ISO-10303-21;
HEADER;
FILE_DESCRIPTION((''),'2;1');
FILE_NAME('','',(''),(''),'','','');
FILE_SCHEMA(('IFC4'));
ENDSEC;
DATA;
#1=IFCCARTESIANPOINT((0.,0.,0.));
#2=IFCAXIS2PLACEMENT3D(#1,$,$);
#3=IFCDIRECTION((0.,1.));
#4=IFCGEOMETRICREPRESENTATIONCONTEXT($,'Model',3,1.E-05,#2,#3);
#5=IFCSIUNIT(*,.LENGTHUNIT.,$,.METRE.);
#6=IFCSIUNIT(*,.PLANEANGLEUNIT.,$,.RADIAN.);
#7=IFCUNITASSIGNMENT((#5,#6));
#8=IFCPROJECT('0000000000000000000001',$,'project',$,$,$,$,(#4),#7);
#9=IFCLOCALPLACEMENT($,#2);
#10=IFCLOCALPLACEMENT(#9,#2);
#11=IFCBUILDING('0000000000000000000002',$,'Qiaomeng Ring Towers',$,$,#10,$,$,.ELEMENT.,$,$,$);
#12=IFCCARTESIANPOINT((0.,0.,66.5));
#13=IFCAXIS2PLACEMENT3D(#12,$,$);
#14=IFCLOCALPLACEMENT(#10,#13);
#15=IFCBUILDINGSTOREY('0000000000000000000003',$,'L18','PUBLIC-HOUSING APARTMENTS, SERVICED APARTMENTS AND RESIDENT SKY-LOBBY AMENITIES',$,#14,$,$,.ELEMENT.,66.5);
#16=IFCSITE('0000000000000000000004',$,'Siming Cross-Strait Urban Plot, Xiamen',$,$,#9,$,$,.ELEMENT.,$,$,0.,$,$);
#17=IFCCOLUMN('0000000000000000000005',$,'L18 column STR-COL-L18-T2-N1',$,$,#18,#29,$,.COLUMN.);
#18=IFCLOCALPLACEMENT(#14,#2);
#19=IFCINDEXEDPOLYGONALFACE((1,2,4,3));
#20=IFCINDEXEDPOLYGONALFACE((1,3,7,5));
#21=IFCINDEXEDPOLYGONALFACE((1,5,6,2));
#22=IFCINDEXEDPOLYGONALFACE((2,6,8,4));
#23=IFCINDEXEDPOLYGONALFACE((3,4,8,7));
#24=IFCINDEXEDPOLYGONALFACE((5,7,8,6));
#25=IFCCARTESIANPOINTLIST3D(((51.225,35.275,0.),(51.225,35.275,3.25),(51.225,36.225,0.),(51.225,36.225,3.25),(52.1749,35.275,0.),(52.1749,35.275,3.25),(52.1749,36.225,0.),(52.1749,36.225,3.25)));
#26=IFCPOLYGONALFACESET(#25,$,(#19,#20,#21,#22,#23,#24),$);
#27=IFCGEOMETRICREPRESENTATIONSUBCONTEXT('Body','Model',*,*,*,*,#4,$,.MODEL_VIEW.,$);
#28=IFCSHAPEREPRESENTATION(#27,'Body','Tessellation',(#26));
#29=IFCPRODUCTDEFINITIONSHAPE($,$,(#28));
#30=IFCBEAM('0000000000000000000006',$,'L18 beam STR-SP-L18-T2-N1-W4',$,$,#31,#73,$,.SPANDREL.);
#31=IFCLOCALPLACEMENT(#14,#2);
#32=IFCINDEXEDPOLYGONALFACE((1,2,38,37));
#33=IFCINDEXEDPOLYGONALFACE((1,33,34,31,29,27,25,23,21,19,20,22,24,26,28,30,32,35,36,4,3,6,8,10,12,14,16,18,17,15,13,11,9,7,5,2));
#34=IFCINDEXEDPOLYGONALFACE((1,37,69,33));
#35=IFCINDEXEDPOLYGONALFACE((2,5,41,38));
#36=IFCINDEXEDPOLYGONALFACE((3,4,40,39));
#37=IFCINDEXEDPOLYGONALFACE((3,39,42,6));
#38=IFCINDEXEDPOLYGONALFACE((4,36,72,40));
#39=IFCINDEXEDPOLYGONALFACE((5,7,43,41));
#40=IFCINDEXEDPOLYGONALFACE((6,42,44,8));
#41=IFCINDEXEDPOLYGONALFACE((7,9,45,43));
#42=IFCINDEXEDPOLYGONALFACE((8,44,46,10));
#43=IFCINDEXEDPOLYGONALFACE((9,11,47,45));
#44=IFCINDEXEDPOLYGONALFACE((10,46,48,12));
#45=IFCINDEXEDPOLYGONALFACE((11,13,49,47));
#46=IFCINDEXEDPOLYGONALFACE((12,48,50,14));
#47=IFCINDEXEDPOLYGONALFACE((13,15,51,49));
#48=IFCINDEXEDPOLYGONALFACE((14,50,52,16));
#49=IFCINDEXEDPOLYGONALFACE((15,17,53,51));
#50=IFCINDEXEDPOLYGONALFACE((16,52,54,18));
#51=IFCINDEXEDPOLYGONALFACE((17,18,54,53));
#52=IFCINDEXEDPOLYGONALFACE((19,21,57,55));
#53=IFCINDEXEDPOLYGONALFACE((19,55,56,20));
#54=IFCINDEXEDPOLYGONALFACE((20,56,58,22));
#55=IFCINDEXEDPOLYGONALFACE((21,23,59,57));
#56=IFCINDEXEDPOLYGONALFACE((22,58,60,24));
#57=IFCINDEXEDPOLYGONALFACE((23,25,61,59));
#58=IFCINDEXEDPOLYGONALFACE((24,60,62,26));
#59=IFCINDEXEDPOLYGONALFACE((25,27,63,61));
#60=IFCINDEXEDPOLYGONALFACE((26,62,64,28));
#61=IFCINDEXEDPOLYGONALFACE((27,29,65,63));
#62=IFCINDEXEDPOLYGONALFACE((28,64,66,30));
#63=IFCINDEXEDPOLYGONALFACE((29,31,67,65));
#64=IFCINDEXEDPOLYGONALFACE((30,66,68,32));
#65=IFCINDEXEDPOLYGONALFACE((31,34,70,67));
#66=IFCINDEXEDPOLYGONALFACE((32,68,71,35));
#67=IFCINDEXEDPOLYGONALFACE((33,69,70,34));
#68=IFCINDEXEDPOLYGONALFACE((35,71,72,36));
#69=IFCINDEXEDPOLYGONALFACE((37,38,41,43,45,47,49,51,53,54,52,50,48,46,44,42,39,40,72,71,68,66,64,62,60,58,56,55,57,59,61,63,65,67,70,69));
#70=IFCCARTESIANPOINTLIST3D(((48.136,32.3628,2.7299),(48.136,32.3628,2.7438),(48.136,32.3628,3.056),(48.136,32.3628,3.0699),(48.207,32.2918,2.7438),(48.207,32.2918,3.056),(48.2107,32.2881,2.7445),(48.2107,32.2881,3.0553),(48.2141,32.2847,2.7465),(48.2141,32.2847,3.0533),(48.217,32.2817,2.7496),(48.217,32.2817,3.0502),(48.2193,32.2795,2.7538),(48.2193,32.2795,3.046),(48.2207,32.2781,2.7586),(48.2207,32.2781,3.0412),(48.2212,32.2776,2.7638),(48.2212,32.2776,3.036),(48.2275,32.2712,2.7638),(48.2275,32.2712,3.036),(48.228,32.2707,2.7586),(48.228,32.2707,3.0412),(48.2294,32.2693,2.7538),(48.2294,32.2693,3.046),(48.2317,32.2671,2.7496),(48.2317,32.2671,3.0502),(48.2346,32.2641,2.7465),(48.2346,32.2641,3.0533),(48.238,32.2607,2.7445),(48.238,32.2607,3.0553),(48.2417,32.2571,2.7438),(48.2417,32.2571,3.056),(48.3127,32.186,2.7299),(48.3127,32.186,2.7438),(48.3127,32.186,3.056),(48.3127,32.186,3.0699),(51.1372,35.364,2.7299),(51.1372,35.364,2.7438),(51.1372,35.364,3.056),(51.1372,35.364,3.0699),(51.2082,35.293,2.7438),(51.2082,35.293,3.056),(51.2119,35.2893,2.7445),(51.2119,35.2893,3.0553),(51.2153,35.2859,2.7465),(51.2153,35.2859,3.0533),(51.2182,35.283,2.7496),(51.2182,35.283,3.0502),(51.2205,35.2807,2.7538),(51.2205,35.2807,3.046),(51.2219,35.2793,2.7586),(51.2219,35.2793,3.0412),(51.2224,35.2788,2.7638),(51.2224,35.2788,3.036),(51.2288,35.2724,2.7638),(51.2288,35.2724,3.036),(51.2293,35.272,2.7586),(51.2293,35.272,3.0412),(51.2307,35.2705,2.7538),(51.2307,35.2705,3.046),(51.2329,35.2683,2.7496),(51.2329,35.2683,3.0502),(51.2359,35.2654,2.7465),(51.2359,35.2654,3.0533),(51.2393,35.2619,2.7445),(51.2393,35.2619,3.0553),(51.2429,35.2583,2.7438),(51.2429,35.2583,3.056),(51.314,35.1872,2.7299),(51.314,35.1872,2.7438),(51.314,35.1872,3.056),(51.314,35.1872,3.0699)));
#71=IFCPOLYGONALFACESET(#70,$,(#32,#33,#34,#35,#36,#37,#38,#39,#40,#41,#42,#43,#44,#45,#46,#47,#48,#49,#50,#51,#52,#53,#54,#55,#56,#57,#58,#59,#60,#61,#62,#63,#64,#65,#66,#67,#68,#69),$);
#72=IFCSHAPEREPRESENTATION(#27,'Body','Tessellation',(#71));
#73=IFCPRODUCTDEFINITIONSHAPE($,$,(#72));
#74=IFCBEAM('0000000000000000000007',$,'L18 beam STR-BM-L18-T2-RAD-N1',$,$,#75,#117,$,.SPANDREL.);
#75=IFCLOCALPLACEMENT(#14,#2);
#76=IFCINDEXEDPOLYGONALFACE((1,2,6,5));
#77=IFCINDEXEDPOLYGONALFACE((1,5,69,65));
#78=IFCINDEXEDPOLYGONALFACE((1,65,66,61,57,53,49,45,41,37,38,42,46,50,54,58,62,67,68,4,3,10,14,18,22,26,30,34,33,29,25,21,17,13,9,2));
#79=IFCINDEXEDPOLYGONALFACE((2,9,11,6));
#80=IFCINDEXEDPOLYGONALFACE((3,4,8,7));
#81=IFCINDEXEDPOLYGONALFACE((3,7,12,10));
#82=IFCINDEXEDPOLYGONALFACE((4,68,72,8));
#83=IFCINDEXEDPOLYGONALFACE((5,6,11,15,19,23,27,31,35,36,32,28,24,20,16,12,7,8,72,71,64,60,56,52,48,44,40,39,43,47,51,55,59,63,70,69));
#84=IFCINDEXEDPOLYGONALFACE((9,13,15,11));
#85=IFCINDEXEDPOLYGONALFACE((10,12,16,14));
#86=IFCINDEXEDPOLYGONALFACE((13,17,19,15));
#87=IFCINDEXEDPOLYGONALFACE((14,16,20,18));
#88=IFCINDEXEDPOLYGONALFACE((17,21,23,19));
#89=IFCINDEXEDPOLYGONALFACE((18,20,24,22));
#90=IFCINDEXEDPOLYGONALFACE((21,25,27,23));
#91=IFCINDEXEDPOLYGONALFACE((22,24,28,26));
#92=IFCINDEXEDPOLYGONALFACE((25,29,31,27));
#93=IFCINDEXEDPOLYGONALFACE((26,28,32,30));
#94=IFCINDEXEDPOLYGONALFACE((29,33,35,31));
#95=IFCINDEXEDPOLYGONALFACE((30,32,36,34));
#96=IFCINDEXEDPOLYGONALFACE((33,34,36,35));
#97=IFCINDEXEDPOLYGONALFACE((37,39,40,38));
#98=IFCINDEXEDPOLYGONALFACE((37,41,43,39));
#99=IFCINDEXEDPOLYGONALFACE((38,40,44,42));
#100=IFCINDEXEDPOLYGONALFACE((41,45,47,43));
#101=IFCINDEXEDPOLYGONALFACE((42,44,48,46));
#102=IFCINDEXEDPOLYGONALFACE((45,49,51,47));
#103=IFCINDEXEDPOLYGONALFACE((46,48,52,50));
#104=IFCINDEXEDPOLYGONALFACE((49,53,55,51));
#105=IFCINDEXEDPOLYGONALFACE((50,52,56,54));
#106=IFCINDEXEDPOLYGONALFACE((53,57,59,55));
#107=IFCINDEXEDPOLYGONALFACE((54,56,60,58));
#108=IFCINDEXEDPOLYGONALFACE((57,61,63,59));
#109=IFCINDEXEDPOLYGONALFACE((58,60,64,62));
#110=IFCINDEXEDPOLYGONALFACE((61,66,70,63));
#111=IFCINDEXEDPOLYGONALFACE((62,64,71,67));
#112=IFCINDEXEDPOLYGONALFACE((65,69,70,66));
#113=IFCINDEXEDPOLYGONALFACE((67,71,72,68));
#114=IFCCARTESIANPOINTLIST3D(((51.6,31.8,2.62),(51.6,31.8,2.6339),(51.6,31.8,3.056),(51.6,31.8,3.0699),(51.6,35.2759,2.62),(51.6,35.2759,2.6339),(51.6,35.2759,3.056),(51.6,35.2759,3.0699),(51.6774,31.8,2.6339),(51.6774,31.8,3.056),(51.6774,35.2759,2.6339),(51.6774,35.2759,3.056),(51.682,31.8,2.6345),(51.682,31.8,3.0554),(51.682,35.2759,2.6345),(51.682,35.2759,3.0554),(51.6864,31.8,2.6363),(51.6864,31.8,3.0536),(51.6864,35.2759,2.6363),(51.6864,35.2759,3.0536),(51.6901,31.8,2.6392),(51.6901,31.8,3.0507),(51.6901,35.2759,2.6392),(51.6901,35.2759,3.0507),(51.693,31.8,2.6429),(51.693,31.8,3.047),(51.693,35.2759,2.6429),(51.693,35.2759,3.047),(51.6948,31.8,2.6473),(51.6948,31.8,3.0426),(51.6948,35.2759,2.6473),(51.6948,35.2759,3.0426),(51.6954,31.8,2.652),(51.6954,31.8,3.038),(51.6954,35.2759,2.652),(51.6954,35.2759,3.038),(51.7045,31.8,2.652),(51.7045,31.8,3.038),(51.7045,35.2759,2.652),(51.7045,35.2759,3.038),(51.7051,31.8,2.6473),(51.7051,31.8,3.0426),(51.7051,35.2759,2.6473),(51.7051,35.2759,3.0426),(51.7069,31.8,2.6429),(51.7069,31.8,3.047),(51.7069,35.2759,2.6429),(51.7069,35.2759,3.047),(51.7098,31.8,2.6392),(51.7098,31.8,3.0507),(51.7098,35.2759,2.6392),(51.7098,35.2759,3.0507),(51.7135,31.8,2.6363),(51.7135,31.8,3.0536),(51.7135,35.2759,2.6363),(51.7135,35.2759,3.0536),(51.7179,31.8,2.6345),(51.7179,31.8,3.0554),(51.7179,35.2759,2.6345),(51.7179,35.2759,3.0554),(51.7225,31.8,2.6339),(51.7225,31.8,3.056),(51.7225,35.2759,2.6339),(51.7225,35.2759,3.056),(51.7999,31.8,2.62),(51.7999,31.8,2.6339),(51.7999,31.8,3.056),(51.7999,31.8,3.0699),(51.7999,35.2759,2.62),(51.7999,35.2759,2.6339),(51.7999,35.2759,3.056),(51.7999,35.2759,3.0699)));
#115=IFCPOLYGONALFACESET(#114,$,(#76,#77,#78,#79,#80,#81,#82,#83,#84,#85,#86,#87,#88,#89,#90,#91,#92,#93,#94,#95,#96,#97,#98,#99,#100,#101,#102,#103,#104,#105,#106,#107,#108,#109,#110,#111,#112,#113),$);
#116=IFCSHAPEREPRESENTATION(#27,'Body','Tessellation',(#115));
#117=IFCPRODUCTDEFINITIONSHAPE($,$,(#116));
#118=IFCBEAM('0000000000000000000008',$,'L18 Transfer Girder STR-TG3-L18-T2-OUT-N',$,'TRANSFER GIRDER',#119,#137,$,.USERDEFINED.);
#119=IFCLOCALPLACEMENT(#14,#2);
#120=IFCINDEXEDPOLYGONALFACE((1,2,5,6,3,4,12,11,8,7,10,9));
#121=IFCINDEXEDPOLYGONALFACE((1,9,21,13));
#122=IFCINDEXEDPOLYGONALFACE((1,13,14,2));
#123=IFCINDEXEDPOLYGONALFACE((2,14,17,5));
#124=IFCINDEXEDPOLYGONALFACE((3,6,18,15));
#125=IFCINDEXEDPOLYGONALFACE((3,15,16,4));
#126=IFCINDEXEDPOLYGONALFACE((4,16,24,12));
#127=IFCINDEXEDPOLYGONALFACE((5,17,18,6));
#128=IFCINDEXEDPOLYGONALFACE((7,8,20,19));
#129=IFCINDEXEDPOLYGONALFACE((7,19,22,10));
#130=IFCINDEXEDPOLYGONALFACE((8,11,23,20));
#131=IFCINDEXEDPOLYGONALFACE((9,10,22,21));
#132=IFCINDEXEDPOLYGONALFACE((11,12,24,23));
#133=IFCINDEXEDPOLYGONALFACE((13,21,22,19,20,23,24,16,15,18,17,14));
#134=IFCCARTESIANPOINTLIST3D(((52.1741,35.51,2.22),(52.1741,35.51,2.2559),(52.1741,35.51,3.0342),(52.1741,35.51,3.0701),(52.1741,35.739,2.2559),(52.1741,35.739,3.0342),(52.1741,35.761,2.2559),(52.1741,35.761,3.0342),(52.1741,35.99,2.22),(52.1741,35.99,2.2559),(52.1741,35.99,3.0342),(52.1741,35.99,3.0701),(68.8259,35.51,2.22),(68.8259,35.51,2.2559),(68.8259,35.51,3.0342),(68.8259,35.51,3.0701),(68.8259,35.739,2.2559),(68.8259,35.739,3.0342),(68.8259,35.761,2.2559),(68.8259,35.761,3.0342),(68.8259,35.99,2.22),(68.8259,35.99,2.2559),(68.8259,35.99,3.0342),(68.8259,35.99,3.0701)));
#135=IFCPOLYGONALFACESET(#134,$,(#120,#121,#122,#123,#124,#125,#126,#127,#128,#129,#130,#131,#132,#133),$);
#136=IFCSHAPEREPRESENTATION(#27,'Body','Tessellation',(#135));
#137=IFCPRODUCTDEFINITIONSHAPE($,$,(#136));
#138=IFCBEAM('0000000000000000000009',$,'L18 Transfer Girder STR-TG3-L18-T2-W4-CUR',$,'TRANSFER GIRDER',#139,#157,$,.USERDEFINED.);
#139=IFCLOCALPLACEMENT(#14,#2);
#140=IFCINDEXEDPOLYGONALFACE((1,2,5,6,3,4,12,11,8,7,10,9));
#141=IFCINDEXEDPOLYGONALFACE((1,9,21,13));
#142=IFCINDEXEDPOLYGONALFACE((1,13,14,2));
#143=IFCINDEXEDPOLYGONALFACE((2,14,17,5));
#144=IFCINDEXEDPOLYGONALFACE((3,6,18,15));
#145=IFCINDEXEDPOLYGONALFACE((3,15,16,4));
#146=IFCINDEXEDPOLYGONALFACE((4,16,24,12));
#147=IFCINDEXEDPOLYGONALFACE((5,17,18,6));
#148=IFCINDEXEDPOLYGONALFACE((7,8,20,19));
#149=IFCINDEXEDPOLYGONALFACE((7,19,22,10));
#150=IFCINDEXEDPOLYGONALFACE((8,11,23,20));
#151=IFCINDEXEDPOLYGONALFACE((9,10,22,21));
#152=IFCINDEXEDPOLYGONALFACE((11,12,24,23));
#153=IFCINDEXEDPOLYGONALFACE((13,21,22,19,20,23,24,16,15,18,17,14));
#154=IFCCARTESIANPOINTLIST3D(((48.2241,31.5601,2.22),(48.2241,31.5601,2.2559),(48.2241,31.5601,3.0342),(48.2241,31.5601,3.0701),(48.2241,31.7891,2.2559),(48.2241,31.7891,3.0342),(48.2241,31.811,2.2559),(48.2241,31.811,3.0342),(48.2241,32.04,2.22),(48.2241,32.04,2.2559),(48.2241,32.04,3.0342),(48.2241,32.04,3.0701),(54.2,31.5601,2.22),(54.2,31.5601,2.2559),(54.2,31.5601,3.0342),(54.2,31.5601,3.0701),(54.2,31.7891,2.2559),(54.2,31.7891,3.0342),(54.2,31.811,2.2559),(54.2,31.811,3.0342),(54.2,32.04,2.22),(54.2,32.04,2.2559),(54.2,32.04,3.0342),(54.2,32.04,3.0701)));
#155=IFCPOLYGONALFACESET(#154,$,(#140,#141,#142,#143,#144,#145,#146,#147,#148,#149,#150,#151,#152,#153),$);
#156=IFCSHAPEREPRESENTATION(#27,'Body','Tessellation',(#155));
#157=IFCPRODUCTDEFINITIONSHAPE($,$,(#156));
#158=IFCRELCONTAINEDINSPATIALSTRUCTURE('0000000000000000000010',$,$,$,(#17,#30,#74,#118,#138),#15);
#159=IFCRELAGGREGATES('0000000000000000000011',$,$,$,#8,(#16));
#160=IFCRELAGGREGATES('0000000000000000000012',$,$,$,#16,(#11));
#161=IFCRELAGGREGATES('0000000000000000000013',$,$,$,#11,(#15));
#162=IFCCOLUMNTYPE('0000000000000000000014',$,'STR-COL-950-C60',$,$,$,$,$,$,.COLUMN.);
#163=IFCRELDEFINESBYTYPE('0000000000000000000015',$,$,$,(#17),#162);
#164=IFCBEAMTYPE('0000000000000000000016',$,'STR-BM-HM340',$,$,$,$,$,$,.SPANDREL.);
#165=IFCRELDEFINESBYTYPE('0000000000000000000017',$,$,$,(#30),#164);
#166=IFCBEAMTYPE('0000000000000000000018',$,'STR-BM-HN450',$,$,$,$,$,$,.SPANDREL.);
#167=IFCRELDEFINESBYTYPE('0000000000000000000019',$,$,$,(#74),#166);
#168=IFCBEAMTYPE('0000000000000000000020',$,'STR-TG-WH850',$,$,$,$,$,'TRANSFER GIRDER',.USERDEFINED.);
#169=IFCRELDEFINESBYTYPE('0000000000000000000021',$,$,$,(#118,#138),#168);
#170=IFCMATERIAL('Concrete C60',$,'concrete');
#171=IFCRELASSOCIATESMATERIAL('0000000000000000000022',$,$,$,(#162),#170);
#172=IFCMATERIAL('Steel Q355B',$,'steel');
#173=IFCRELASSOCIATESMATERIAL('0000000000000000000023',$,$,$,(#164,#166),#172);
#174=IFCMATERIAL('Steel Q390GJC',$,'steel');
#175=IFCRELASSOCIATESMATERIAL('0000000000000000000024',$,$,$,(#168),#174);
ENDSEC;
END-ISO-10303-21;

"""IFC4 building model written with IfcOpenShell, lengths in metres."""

from ifc_helpers import new_model, si_unit, direction, frame, origin, origin_2d, place, context, subcontext, project, spatial, rectangle, i_section, extrude, source, transform, mapped, material, material_profile, profile_set, type_object, element, save


model = new_model("IFC4")

# Units and contexts
model_context = context("Model", 3, precision=1e-05, world=origin(), true_north=direction((0.0, 1.0)))
body_context = subcontext(model_context, "Body", "Model", "MODEL_VIEW")
ifc_project = project(units=[si_unit("LENGTHUNIT", "METRE"), si_unit("PLANEANGLEUNIT", "RADIAN")], contexts=[model_context])

# Site, building, storey
site_placement = place(None, origin())
site = spatial("IfcSite", under=ifc_project, at=site_placement, Name="Siming Cross-Strait Urban Plot, Xiamen", CompositionType="ELEMENT", RefElevation=0.0)
building_placement = place(site_placement, origin())
building = spatial("IfcBuilding", under=site, at=building_placement, Name="Qiaomeng Ring Towers", CompositionType="ELEMENT")
storey_placement = place(building_placement, frame((0.0, 0.0, 66.5)))
storey = spatial("IfcBuildingStorey", under=building, at=storey_placement, Name="L18", Description="PUBLIC-HOUSING APARTMENTS, SERVICED APARTMENTS AND RESIDENT SKY-LOBBY AMENITIES", CompositionType="ELEMENT", Elevation=66.5)

# Column
ifc_material_1 = material(Name="Concrete C60", Category="concrete")
ifc_material_profile_1 = material_profile(ifc_material_1, rectangle(XDim=0.95, YDim=0.95, at=origin_2d()), Name="RC COL 950x950")
ifc_profile_set_1 = profile_set([ifc_material_profile_1], Name="Concrete C60")
column_type = type_object("IfcColumnType", Name="STR-COL-950-C60", PredefinedType="COLUMN", material=ifc_profile_set_1)
shared_shape_1 = source(origin(), body_context, "Body", "SweptSolid", [
    extrude(rectangle(XDim=0.95, YDim=0.95, at=origin_2d()), origin(), (0.0, 0.0, 1.0), 3.25),
])
column_placement = place(storey_placement, frame((51.7, 35.75, 0.0), z_axis=(0.0, 0.0, 1.0), x_axis=(1.0, 0.0, 0.0)))
element("IfcColumn", 1, at=column_placement, inside=storey, type_object=column_type, Name="L18 column STR-COL-L18-T2-N1", PredefinedType="COLUMN", context=body_context, shape_type="MappedRepresentation", body=[
    mapped(shared_shape_1, transform((0.0, 0.0, 0.0), x_axis=(1.0, 0.0, 0.0), y_axis=(0.0, 1.0, 0.0), z_axis=(0.0, 0.0, 1.0), scale=1.0)),
])

# Beams
ifc_material_2 = material(Name="Steel Q355B", Category="steel")
ifc_material_profile_2 = material_profile(ifc_material_2, i_section(OverallWidth=0.25, OverallDepth=0.3401, WebThickness=0.009, FlangeThickness=0.0139, FilletRadius=0.02, at=origin_2d()), Name="HM 340x250x9x14")
ifc_profile_set_2 = profile_set([ifc_material_profile_2], Name="Steel Q355B")
beam_type_1 = type_object("IfcBeamType", Name="STR-BM-HM340", PredefinedType="SPANDREL", material=ifc_profile_set_2)
shared_shape_2 = source(origin(), body_context, "Body", "SweptSolid", [
    extrude(i_section(OverallWidth=0.25, OverallDepth=0.3401, WebThickness=0.009, FlangeThickness=0.0139, FilletRadius=0.02, at=origin_2d()), origin(), (0.0, 0.0, 1.0), 4.2444),
])
beam_1_placement = place(storey_placement, frame((51.2256, 35.2756, 2.8999), z_axis=(-0.707107, -0.707107, 0.0), x_axis=(0.707107, -0.707107, 0.0)))
element("IfcBeam", 2, at=beam_1_placement, inside=storey, type_object=beam_type_1, Name="L18 beam STR-SP-L18-T2-N1-W4", PredefinedType="SPANDREL", context=body_context, shape_type="MappedRepresentation", body=[
    mapped(shared_shape_2, transform((0.0, 0.0, 0.0), x_axis=(1.0, 0.0, 0.0), y_axis=(0.0, 1.0, 0.0), z_axis=(0.0, 0.0, 1.0), scale=1.0)),
])
ifc_material_profile_3 = material_profile(ifc_material_2, i_section(OverallWidth=0.2, OverallDepth=0.45, WebThickness=0.009, FlangeThickness=0.0139, FilletRadius=0.0181, at=origin_2d()), Name="HN 450x200x9x14")
ifc_profile_set_3 = profile_set([ifc_material_profile_3], Name="Steel Q355B")
beam_type_2 = type_object("IfcBeamType", Name="STR-BM-HN450", PredefinedType="SPANDREL", material=ifc_profile_set_3)
shared_shape_3 = source(origin(), body_context, "Body", "SweptSolid", [
    extrude(i_section(OverallWidth=0.2, OverallDepth=0.45, WebThickness=0.009, FlangeThickness=0.0139, FilletRadius=0.0181, at=origin_2d()), origin(), (0.0, 0.0, 1.0), 3.4758),
])
beam_2_placement = place(storey_placement, frame((51.7, 35.2759, 2.845), z_axis=(0.0, -1.0, 0.0), x_axis=(1.0, 0.0, 0.0)))
element("IfcBeam", 3, at=beam_2_placement, inside=storey, type_object=beam_type_2, Name="L18 beam STR-BM-L18-T2-RAD-N1", PredefinedType="SPANDREL", context=body_context, shape_type="MappedRepresentation", body=[
    mapped(shared_shape_3, transform((0.0, 0.0, 0.0), x_axis=(1.0, 0.0, 0.0), y_axis=(0.0, 1.0, 0.0), z_axis=(0.0, 0.0, 1.0), scale=1.0)),
])
ifc_material_3 = material(Name="Steel Q390GJC", Category="steel")
ifc_material_profile_4 = material_profile(ifc_material_3, i_section(OverallWidth=0.48, OverallDepth=0.8501, WebThickness=0.022, FlangeThickness=0.0359, at=origin_2d()), Name="WH 850x480x22x36")
ifc_profile_set_4 = profile_set([ifc_material_profile_4], Name="Steel Q390GJC")
beam_type_3 = type_object("IfcBeamType", Name="STR-TG-WH850", ElementType="TRANSFER GIRDER", PredefinedType="USERDEFINED", material=ifc_profile_set_4)
shared_shape_4 = source(origin(), body_context, "Body", "SweptSolid", [
    extrude(i_section(OverallWidth=0.48, OverallDepth=0.8501, WebThickness=0.022, FlangeThickness=0.0359, at=origin_2d()), origin(), (0.0, 0.0, 1.0), 16.6519),
])
beam_3_placement = place(storey_placement, frame((52.1741, 35.75, 2.645), z_axis=(1.0, 0.0, 0.0), x_axis=(0.0, 1.0, 0.0)))
element("IfcBeam", 4, at=beam_3_placement, inside=storey, type_object=beam_type_3, Name="L18 Transfer Girder STR-TG3-L18-T2-OUT-N", ObjectType="TRANSFER GIRDER", PredefinedType="USERDEFINED", context=body_context, shape_type="MappedRepresentation", body=[
    mapped(shared_shape_4, transform((0.0, 0.0, 0.0), x_axis=(1.0, 0.0, 0.0), y_axis=(0.0, 1.0, 0.0), z_axis=(0.0, 0.0, 1.0), scale=1.0)),
])
shared_shape_5 = source(origin(), body_context, "Body", "SweptSolid", [
    extrude(i_section(OverallWidth=0.48, OverallDepth=0.8501, WebThickness=0.022, FlangeThickness=0.0359, at=origin_2d()), origin(), (0.0, 0.0, 1.0), 5.9758),
])
beam_4_placement = place(storey_placement, frame((48.2241, 31.8, 2.645), z_axis=(1.0, 0.0, 0.0), x_axis=(0.0, 1.0, 0.0)))
element("IfcBeam", 5, at=beam_4_placement, inside=storey, type_object=beam_type_3, Name="L18 Transfer Girder STR-TG3-L18-T2-W4-CUR", ObjectType="TRANSFER GIRDER", PredefinedType="USERDEFINED", context=body_context, shape_type="MappedRepresentation", body=[
    mapped(shared_shape_5, transform((0.0, 0.0, 0.0), x_axis=(1.0, 0.0, 0.0), y_axis=(0.0, 1.0, 0.0), z_axis=(0.0, 0.0, 1.0), scale=1.0)),
])

save(model, "model.ifc")
